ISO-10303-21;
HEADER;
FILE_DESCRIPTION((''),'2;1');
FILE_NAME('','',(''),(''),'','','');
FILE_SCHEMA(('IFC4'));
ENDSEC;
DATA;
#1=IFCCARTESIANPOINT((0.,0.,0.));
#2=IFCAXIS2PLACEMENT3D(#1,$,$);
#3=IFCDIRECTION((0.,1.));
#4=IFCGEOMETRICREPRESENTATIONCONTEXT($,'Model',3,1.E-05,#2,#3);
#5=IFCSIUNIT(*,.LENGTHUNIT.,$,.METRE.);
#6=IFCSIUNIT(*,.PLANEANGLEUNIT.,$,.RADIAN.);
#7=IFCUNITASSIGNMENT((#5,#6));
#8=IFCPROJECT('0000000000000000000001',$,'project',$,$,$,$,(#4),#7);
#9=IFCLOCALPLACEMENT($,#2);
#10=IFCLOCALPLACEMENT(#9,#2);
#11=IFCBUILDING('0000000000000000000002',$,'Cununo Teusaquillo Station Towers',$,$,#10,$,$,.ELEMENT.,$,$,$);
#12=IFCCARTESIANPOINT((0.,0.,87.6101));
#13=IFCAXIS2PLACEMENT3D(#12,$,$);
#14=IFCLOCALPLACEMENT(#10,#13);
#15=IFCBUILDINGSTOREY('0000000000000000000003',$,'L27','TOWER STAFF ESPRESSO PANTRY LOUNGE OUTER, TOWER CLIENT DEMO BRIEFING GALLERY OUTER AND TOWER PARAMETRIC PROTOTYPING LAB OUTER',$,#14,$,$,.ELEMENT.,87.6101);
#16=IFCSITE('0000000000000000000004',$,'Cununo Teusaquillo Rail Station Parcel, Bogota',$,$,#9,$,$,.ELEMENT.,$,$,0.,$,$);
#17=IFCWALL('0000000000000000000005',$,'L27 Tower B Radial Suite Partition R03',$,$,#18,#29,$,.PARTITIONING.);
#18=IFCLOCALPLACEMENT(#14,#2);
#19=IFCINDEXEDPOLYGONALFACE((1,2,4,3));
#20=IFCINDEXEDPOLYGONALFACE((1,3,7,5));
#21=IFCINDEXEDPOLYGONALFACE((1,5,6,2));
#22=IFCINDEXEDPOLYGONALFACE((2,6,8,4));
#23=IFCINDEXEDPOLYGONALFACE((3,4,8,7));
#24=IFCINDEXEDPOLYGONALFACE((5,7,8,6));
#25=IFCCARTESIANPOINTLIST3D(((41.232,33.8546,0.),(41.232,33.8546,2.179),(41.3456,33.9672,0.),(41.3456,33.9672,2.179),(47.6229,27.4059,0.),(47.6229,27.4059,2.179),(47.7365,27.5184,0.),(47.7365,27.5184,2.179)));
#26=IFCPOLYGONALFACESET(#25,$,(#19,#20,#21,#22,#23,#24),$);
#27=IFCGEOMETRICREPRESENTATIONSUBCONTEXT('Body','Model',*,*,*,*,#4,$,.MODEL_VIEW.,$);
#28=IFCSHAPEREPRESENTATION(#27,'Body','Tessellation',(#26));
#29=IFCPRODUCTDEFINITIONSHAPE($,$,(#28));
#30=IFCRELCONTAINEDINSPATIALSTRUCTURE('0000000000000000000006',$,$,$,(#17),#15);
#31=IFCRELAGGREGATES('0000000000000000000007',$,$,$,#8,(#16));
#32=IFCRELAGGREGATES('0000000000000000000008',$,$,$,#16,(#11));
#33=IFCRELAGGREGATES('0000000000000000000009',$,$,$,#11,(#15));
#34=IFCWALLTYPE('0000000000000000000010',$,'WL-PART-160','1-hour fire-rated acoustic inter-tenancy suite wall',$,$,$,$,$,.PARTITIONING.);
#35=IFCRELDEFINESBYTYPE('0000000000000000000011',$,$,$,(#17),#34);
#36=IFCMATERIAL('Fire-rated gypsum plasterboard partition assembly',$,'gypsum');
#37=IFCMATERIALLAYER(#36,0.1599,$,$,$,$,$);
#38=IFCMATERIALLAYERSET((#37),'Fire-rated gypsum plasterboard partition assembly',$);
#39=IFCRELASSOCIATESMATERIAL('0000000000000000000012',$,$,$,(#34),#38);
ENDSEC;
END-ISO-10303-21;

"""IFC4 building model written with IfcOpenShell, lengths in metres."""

from ifc_helpers import new_model, si_unit, direction, frame, frame_2d, origin, place, context, subcontext, project, spatial, rectangle, extrude, material, layer, layer_set, type_object, element, save


model = new_model("IFC4")

# Units and contexts
model_context = context("Model", 3, precision=1e-05, world=origin(), true_north=direction((0.0, 1.0)))
body_context = subcontext(model_context, "Body", "Model", "MODEL_VIEW")
ifc_project = project(units=[si_unit("LENGTHUNIT", "METRE"), si_unit("PLANEANGLEUNIT", "RADIAN")], contexts=[model_context])

# Site, building, storey
site_placement = place(None, origin())
site = spatial("IfcSite", under=ifc_project, at=site_placement, Name="Cununo Teusaquillo Rail Station Parcel, Bogota", CompositionType="ELEMENT", RefElevation=0.0)
building_placement = place(site_placement, origin())
building = spatial("IfcBuilding", under=site, at=building_placement, Name="Cununo Teusaquillo Station Towers", CompositionType="ELEMENT")
storey_placement = place(building_placement, frame((0.0, 0.0, 87.6101)))
storey = spatial("IfcBuildingStorey", under=building, at=storey_placement, Name="L27", Description="TOWER STAFF ESPRESSO PANTRY LOUNGE OUTER, TOWER CLIENT DEMO BRIEFING GALLERY OUTER AND TOWER PARAMETRIC PROTOTYPING LAB OUTER", CompositionType="ELEMENT", Elevation=87.6101)

# Wall
ifc_material_1 = material(Name="Fire-rated gypsum plasterboard partition assembly", Category="gypsum")
ifc_layer_1 = layer(ifc_material_1, 0.1599)
ifc_layer_set_1 = layer_set([ifc_layer_1], Name="Fire-rated gypsum plasterboard partition assembly")
wall_type_1 = type_object("IfcWallType", Name="WL-PART-160", Description="1-hour fire-rated acoustic inter-tenancy suite wall", PredefinedType="PARTITIONING", material=ifc_layer_set_1)
wall_1_placement = place(storey_placement, frame((47.6797, 27.4622, 0.0), z_axis=(0.0, 0.0, 1.0), x_axis=(-0.703913, 0.710286, 0.0)))
element("IfcWall", 1, at=wall_1_placement, inside=storey, type_object=wall_type_1, Name="L27 Tower B Radial Suite Partition R03", PredefinedType="PARTITIONING", context=body_context, shape_type="SweptSolid", body=[
    extrude(rectangle(XDim=9.0791, YDim=0.1599, at=frame_2d((4.5396, 0.0))), origin(), (0.0, 0.0, 1.0), 2.179),
])

save(model, "model.ifc")
